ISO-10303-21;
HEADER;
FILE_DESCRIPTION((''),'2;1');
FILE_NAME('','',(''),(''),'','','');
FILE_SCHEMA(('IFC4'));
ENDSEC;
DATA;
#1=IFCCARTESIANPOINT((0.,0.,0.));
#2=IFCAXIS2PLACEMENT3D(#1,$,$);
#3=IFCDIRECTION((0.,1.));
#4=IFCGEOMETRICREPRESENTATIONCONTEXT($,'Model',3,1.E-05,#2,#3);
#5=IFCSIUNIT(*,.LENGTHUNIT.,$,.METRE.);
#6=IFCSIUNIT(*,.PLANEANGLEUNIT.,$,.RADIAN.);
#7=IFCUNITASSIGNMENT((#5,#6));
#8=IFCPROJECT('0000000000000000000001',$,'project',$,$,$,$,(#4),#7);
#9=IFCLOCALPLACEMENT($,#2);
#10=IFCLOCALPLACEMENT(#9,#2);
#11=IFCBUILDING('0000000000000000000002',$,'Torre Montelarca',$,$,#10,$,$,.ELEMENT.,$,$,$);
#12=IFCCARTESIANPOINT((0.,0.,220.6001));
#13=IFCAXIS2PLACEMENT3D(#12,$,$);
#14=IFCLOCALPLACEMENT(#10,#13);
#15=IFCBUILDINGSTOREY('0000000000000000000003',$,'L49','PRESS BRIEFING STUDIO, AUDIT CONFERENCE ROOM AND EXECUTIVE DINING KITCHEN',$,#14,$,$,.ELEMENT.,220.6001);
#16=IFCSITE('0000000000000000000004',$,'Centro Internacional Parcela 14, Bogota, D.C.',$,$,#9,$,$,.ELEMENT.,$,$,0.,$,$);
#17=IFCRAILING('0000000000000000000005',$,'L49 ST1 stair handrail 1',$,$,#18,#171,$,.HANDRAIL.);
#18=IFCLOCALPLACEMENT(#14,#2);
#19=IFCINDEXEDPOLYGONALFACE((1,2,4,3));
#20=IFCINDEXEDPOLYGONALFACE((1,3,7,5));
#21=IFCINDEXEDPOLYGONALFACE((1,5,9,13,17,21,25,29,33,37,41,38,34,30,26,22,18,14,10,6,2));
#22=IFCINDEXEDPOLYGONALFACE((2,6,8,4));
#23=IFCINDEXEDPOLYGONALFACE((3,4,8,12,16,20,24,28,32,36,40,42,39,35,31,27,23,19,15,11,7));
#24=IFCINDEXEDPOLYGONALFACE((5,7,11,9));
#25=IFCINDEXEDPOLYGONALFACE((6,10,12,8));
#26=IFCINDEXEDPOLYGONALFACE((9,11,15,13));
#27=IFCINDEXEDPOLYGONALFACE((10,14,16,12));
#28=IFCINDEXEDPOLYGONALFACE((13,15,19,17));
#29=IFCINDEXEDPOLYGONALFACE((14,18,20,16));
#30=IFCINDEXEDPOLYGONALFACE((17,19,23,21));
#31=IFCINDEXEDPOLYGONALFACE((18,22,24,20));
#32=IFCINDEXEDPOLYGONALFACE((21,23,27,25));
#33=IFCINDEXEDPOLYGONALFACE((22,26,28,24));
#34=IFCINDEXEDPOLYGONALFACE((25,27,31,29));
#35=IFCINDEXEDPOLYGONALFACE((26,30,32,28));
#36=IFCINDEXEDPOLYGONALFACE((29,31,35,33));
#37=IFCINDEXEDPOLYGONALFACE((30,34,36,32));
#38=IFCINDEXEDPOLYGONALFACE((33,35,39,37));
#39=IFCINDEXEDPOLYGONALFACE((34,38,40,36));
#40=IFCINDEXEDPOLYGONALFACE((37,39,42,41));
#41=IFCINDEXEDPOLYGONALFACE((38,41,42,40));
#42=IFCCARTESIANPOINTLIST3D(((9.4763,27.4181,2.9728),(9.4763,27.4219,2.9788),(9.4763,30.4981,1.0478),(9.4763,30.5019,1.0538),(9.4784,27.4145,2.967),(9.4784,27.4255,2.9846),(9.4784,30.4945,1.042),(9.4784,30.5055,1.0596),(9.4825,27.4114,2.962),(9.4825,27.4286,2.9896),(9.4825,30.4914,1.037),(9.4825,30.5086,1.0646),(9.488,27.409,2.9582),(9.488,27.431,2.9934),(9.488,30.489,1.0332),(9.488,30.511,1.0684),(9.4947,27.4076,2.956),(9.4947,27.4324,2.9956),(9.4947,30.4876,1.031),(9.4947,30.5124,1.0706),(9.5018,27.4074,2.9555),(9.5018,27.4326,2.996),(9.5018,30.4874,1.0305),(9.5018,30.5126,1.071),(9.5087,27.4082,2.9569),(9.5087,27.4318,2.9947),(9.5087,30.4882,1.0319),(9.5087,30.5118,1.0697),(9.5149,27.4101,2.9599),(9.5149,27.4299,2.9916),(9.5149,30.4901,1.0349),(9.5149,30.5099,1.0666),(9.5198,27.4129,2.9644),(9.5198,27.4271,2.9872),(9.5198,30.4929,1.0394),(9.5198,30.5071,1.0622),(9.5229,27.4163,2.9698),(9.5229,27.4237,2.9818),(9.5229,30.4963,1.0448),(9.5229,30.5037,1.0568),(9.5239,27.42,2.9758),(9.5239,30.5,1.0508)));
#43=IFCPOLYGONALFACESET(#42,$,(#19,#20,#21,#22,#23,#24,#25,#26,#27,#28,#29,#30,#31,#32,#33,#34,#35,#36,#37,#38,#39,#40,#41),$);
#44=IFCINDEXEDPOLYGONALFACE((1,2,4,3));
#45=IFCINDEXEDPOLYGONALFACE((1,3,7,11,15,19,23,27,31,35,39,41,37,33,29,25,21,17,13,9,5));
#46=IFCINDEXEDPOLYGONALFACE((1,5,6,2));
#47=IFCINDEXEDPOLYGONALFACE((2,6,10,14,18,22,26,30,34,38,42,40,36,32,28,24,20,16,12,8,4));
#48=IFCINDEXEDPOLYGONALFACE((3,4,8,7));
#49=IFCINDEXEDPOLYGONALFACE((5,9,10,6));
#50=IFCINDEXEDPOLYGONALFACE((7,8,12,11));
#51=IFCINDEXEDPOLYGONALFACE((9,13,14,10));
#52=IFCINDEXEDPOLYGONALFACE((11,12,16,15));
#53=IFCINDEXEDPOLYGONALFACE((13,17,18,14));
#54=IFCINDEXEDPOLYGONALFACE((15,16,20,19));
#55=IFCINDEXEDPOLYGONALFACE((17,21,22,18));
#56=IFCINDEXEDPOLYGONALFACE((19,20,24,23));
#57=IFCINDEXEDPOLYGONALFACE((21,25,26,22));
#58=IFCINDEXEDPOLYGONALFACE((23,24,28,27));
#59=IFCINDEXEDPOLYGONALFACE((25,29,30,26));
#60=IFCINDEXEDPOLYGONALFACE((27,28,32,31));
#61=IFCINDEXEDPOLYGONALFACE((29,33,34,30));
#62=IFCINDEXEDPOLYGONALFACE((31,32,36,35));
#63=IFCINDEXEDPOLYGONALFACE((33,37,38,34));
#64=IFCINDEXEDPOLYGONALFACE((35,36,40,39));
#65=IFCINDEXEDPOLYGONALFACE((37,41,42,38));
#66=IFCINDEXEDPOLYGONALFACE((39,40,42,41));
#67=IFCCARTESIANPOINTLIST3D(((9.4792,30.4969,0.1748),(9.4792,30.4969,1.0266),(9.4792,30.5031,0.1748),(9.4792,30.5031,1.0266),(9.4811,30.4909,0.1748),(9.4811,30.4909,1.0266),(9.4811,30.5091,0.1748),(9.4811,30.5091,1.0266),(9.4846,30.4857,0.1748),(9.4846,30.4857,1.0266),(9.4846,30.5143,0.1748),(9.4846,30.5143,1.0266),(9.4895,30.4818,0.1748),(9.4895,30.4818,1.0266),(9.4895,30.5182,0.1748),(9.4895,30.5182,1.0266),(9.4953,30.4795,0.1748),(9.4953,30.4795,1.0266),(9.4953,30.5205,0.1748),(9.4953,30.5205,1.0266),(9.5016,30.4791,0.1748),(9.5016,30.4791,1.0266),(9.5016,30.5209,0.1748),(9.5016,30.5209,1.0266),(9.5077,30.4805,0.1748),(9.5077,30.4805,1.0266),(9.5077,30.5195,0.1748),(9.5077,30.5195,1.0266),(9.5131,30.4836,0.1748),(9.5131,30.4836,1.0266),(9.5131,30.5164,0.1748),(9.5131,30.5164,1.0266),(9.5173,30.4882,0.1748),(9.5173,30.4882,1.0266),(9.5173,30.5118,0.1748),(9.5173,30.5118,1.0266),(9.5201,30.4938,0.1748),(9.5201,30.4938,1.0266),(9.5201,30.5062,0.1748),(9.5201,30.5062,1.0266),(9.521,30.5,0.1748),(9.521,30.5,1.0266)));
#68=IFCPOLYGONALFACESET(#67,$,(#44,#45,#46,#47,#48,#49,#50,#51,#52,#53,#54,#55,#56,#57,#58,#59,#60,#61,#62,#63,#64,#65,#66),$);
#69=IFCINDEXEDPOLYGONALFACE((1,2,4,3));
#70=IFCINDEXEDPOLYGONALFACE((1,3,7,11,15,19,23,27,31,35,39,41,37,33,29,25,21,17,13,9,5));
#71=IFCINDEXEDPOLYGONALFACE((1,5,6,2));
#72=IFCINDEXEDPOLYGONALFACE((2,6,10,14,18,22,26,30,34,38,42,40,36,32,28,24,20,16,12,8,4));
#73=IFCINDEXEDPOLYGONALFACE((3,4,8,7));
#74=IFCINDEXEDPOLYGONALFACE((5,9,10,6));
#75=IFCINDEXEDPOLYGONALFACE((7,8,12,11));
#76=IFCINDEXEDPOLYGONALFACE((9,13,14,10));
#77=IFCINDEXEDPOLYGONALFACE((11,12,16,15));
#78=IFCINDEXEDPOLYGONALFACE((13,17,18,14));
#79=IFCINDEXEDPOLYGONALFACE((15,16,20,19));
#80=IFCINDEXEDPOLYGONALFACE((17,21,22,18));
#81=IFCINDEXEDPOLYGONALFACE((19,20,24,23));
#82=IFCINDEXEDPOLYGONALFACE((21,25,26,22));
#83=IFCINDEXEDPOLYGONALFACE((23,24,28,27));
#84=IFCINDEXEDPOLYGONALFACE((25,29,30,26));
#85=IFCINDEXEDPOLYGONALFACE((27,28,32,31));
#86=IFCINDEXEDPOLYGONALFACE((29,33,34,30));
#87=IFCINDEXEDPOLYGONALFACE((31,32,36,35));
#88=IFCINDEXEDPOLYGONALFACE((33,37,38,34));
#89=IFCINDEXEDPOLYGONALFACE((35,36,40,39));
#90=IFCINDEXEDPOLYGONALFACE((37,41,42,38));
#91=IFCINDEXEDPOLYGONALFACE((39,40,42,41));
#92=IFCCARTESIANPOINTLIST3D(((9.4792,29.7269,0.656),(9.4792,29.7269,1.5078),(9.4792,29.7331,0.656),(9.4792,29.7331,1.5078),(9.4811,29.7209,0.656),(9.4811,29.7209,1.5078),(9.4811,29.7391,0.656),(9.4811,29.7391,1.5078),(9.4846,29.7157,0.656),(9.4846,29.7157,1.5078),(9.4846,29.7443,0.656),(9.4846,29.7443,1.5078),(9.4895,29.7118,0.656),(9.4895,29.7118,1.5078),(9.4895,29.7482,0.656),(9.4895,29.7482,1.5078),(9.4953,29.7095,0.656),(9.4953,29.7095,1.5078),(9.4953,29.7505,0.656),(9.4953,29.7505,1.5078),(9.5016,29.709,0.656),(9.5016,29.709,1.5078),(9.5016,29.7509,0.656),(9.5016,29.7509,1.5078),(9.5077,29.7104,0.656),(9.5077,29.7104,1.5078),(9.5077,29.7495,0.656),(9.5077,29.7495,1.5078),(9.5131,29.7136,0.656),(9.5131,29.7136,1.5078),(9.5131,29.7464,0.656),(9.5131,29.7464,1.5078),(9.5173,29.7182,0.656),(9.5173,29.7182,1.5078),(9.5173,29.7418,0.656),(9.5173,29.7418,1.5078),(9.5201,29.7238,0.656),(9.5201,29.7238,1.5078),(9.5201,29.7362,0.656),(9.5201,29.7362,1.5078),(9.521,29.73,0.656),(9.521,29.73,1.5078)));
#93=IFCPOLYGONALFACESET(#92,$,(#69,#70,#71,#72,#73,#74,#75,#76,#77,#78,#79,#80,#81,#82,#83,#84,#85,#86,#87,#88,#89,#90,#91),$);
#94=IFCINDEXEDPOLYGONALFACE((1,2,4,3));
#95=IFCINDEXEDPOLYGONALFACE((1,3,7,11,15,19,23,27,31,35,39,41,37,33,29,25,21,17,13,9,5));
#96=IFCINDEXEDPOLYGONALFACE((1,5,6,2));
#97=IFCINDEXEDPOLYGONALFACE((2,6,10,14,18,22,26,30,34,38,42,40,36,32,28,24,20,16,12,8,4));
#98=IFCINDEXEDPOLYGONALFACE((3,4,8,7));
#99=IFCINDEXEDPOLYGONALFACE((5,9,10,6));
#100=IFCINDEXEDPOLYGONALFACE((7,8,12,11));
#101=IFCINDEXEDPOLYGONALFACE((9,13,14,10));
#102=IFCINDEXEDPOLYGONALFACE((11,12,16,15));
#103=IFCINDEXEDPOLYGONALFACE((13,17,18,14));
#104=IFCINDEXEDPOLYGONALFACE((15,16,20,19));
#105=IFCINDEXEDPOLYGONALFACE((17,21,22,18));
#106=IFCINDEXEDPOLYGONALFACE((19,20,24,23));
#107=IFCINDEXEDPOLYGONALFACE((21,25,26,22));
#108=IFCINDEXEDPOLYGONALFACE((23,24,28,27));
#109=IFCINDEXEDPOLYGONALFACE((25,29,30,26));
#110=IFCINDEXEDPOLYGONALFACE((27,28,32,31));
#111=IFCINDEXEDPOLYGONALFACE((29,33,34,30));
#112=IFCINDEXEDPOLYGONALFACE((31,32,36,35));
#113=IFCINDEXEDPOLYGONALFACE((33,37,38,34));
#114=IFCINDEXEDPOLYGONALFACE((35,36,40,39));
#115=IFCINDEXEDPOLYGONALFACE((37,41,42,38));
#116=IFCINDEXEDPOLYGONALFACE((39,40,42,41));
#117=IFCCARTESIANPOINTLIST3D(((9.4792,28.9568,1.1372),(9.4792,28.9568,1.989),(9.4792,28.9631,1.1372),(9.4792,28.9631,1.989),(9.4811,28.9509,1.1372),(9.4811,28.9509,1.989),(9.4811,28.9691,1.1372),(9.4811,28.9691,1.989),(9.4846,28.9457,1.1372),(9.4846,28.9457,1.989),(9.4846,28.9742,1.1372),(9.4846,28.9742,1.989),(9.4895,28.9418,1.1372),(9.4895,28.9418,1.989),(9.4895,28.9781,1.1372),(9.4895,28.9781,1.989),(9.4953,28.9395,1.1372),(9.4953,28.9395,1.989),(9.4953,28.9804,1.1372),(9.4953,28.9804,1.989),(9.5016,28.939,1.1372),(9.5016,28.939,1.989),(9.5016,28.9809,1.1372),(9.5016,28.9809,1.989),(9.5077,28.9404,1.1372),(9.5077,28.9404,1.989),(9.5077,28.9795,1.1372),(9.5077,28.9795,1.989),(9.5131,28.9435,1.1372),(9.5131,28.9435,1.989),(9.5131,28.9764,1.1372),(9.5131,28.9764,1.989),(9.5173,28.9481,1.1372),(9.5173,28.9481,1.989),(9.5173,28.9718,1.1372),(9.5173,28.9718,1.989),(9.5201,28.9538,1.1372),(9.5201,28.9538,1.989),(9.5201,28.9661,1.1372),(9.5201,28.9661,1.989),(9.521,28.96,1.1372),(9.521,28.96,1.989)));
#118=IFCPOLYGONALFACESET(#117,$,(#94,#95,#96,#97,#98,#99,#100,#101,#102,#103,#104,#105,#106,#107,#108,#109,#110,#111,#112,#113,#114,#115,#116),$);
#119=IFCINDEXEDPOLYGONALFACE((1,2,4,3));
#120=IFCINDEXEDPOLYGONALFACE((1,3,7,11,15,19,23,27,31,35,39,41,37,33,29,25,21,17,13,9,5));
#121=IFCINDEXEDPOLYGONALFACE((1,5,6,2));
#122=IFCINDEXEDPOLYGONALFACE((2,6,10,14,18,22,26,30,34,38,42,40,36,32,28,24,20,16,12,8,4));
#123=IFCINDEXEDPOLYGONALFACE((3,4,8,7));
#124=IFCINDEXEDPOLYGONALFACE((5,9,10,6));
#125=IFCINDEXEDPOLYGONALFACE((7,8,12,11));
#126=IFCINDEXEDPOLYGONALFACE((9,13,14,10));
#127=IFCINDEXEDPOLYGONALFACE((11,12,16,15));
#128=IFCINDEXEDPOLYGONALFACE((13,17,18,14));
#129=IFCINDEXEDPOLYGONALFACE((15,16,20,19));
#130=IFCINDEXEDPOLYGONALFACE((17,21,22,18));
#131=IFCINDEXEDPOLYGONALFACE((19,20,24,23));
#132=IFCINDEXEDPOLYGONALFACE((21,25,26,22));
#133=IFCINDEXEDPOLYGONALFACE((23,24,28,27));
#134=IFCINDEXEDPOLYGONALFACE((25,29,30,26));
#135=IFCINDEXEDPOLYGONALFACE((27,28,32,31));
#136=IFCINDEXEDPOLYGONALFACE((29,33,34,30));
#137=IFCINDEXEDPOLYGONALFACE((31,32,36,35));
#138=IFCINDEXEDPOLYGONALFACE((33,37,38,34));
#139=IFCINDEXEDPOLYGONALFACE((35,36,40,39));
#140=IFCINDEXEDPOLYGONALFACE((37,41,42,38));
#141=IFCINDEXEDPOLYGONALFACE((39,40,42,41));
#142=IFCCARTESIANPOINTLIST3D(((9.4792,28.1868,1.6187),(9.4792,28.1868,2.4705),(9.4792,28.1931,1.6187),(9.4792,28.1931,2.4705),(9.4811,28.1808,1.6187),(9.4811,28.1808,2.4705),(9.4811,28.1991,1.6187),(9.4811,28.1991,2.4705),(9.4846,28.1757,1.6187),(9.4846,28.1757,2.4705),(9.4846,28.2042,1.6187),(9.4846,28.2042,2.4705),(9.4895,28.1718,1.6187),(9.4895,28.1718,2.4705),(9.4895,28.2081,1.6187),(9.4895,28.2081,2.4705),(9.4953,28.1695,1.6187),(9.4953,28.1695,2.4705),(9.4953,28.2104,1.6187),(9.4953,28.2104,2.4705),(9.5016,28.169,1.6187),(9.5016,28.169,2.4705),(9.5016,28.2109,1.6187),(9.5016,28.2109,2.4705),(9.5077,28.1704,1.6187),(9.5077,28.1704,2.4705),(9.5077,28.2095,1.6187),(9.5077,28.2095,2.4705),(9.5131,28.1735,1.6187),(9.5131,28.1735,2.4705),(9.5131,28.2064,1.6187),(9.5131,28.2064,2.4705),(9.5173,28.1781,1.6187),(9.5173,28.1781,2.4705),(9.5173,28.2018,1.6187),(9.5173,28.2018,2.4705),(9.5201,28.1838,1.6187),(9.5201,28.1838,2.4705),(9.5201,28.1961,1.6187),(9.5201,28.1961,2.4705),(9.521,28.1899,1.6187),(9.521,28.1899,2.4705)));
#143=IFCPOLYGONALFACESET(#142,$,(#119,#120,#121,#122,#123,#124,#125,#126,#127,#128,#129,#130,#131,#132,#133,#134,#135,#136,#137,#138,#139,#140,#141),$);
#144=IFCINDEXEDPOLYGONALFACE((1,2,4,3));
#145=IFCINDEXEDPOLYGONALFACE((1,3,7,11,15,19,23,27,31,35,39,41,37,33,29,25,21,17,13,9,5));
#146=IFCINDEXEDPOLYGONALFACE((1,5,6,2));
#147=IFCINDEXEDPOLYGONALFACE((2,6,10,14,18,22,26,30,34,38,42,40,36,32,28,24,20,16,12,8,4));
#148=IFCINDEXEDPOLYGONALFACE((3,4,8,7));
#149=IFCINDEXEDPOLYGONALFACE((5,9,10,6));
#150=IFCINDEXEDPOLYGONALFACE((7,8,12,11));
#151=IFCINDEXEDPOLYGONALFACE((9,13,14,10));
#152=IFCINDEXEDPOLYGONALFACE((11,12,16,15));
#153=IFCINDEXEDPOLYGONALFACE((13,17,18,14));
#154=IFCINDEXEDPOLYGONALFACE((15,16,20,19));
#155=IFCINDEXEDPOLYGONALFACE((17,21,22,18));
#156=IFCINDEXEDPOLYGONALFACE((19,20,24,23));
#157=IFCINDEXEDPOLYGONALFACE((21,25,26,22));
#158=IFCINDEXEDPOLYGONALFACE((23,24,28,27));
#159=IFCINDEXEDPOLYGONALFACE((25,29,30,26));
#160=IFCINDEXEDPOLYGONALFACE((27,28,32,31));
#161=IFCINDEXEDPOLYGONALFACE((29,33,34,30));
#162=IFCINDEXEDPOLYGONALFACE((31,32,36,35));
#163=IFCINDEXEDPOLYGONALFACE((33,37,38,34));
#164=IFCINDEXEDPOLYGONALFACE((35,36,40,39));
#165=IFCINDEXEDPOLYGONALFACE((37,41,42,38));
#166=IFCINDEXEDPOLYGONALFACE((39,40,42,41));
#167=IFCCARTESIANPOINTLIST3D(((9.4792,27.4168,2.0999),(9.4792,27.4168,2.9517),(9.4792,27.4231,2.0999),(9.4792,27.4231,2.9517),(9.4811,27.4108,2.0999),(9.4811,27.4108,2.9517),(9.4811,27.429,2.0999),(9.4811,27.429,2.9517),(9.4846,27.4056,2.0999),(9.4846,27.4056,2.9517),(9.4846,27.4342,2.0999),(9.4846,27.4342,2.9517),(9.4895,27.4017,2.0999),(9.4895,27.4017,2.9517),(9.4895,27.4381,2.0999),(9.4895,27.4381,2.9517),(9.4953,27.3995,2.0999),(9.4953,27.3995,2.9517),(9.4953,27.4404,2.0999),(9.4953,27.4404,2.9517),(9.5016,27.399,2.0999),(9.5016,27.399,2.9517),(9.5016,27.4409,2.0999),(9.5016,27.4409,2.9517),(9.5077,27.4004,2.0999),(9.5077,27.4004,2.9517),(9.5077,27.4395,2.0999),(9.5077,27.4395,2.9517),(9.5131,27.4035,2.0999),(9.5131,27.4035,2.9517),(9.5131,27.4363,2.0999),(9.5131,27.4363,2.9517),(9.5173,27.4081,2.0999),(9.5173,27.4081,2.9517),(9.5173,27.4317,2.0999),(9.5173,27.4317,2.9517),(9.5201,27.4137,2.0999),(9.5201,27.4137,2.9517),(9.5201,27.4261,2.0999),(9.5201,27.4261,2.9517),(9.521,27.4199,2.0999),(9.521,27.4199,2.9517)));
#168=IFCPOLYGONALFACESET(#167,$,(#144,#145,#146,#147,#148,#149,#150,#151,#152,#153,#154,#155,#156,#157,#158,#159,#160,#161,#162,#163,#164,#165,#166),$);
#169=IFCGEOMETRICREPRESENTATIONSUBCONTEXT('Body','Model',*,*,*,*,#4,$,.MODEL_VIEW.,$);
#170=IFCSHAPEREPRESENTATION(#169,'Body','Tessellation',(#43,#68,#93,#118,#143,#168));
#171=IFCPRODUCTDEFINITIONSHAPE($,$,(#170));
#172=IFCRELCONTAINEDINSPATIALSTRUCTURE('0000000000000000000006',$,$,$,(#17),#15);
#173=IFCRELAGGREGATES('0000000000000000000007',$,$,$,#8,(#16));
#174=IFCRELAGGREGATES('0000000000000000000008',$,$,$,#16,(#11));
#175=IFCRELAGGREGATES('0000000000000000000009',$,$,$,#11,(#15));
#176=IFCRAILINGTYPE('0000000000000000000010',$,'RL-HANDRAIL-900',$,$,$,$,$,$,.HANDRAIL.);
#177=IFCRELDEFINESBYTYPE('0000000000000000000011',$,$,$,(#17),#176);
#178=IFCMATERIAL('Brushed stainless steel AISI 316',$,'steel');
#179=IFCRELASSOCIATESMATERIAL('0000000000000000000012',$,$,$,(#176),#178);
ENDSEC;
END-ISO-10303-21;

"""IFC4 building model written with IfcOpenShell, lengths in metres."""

from ifc_helpers import new_model, si_unit, direction, frame, origin, origin_2d, place, context, subcontext, project, spatial, circle, extrude, material, type_object, element, save


model = new_model("IFC4")

# Units and contexts
model_context = context("Model", 3, precision=1e-05, world=origin(), true_north=direction((0.0, 1.0)))
body_context = subcontext(model_context, "Body", "Model", "MODEL_VIEW")
ifc_project = project(units=[si_unit("LENGTHUNIT", "METRE"), si_unit("PLANEANGLEUNIT", "RADIAN")], contexts=[model_context])

# Site, building, storey
site_placement = place(None, origin())
site = spatial("IfcSite", under=ifc_project, at=site_placement, Name="Centro Internacional Parcela 14, Bogota, D.C.", CompositionType="ELEMENT", RefElevation=0.0)
building_placement = place(site_placement, origin())
building = spatial("IfcBuilding", under=site, at=building_placement, Name="Torre Montelarca", CompositionType="ELEMENT")
storey_placement = place(building_placement, frame((0.0, 0.0, 220.6001)))
storey = spatial("IfcBuildingStorey", under=building, at=storey_placement, Name="L49", Description="PRESS BRIEFING STUDIO, AUDIT CONFERENCE ROOM AND EXECUTIVE DINING KITCHEN", CompositionType="ELEMENT", Elevation=220.6001)

# Shared definitions
ifc_material_1 = material(Name="Brushed stainless steel AISI 316", Category="steel")

# Railing
railing_type_1 = type_object("IfcRailingType", Name="RL-HANDRAIL-900", PredefinedType="HANDRAIL", material=ifc_material_1)
railing_1_placement = place(storey_placement, frame((9.5, 30.5, 0.1748)))
element("IfcRailing", 1, at=railing_1_placement, inside=storey, type_object=railing_type_1, Name="L49 ST1 stair handrail 1", PredefinedType="HANDRAIL", context=body_context, shape_type="SweptSolid", body=[
    extrude(circle(Radius=0.0239, at=origin_2d()), frame((0.0, 0.0, 0.876), z_axis=(0.0, -0.847998, 0.529999), x_axis=(1.0, 0.0, 0.0)), (0.0, 0.0, 1.0), 3.6321),
    extrude(circle(Radius=0.021, at=origin_2d()), origin(), (0.0, 0.0, 1.0), 0.8518),
    extrude(circle(Radius=0.021, at=origin_2d()), frame((0.0, -0.77, 0.4812)), (0.0, 0.0, 1.0), 0.8518),
    extrude(circle(Radius=0.021, at=origin_2d()), frame((0.0, -1.54, 0.9624)), (0.0, 0.0, 1.0), 0.8518),
    extrude(circle(Radius=0.021, at=origin_2d()), frame((0.0, -2.3101, 1.4438)), (0.0, 0.0, 1.0), 0.8518),
    extrude(circle(Radius=0.021, at=origin_2d()), frame((0.0, -3.0801, 1.925)), (0.0, 0.0, 1.0), 0.8518),
])

save(model, "model.ifc")
